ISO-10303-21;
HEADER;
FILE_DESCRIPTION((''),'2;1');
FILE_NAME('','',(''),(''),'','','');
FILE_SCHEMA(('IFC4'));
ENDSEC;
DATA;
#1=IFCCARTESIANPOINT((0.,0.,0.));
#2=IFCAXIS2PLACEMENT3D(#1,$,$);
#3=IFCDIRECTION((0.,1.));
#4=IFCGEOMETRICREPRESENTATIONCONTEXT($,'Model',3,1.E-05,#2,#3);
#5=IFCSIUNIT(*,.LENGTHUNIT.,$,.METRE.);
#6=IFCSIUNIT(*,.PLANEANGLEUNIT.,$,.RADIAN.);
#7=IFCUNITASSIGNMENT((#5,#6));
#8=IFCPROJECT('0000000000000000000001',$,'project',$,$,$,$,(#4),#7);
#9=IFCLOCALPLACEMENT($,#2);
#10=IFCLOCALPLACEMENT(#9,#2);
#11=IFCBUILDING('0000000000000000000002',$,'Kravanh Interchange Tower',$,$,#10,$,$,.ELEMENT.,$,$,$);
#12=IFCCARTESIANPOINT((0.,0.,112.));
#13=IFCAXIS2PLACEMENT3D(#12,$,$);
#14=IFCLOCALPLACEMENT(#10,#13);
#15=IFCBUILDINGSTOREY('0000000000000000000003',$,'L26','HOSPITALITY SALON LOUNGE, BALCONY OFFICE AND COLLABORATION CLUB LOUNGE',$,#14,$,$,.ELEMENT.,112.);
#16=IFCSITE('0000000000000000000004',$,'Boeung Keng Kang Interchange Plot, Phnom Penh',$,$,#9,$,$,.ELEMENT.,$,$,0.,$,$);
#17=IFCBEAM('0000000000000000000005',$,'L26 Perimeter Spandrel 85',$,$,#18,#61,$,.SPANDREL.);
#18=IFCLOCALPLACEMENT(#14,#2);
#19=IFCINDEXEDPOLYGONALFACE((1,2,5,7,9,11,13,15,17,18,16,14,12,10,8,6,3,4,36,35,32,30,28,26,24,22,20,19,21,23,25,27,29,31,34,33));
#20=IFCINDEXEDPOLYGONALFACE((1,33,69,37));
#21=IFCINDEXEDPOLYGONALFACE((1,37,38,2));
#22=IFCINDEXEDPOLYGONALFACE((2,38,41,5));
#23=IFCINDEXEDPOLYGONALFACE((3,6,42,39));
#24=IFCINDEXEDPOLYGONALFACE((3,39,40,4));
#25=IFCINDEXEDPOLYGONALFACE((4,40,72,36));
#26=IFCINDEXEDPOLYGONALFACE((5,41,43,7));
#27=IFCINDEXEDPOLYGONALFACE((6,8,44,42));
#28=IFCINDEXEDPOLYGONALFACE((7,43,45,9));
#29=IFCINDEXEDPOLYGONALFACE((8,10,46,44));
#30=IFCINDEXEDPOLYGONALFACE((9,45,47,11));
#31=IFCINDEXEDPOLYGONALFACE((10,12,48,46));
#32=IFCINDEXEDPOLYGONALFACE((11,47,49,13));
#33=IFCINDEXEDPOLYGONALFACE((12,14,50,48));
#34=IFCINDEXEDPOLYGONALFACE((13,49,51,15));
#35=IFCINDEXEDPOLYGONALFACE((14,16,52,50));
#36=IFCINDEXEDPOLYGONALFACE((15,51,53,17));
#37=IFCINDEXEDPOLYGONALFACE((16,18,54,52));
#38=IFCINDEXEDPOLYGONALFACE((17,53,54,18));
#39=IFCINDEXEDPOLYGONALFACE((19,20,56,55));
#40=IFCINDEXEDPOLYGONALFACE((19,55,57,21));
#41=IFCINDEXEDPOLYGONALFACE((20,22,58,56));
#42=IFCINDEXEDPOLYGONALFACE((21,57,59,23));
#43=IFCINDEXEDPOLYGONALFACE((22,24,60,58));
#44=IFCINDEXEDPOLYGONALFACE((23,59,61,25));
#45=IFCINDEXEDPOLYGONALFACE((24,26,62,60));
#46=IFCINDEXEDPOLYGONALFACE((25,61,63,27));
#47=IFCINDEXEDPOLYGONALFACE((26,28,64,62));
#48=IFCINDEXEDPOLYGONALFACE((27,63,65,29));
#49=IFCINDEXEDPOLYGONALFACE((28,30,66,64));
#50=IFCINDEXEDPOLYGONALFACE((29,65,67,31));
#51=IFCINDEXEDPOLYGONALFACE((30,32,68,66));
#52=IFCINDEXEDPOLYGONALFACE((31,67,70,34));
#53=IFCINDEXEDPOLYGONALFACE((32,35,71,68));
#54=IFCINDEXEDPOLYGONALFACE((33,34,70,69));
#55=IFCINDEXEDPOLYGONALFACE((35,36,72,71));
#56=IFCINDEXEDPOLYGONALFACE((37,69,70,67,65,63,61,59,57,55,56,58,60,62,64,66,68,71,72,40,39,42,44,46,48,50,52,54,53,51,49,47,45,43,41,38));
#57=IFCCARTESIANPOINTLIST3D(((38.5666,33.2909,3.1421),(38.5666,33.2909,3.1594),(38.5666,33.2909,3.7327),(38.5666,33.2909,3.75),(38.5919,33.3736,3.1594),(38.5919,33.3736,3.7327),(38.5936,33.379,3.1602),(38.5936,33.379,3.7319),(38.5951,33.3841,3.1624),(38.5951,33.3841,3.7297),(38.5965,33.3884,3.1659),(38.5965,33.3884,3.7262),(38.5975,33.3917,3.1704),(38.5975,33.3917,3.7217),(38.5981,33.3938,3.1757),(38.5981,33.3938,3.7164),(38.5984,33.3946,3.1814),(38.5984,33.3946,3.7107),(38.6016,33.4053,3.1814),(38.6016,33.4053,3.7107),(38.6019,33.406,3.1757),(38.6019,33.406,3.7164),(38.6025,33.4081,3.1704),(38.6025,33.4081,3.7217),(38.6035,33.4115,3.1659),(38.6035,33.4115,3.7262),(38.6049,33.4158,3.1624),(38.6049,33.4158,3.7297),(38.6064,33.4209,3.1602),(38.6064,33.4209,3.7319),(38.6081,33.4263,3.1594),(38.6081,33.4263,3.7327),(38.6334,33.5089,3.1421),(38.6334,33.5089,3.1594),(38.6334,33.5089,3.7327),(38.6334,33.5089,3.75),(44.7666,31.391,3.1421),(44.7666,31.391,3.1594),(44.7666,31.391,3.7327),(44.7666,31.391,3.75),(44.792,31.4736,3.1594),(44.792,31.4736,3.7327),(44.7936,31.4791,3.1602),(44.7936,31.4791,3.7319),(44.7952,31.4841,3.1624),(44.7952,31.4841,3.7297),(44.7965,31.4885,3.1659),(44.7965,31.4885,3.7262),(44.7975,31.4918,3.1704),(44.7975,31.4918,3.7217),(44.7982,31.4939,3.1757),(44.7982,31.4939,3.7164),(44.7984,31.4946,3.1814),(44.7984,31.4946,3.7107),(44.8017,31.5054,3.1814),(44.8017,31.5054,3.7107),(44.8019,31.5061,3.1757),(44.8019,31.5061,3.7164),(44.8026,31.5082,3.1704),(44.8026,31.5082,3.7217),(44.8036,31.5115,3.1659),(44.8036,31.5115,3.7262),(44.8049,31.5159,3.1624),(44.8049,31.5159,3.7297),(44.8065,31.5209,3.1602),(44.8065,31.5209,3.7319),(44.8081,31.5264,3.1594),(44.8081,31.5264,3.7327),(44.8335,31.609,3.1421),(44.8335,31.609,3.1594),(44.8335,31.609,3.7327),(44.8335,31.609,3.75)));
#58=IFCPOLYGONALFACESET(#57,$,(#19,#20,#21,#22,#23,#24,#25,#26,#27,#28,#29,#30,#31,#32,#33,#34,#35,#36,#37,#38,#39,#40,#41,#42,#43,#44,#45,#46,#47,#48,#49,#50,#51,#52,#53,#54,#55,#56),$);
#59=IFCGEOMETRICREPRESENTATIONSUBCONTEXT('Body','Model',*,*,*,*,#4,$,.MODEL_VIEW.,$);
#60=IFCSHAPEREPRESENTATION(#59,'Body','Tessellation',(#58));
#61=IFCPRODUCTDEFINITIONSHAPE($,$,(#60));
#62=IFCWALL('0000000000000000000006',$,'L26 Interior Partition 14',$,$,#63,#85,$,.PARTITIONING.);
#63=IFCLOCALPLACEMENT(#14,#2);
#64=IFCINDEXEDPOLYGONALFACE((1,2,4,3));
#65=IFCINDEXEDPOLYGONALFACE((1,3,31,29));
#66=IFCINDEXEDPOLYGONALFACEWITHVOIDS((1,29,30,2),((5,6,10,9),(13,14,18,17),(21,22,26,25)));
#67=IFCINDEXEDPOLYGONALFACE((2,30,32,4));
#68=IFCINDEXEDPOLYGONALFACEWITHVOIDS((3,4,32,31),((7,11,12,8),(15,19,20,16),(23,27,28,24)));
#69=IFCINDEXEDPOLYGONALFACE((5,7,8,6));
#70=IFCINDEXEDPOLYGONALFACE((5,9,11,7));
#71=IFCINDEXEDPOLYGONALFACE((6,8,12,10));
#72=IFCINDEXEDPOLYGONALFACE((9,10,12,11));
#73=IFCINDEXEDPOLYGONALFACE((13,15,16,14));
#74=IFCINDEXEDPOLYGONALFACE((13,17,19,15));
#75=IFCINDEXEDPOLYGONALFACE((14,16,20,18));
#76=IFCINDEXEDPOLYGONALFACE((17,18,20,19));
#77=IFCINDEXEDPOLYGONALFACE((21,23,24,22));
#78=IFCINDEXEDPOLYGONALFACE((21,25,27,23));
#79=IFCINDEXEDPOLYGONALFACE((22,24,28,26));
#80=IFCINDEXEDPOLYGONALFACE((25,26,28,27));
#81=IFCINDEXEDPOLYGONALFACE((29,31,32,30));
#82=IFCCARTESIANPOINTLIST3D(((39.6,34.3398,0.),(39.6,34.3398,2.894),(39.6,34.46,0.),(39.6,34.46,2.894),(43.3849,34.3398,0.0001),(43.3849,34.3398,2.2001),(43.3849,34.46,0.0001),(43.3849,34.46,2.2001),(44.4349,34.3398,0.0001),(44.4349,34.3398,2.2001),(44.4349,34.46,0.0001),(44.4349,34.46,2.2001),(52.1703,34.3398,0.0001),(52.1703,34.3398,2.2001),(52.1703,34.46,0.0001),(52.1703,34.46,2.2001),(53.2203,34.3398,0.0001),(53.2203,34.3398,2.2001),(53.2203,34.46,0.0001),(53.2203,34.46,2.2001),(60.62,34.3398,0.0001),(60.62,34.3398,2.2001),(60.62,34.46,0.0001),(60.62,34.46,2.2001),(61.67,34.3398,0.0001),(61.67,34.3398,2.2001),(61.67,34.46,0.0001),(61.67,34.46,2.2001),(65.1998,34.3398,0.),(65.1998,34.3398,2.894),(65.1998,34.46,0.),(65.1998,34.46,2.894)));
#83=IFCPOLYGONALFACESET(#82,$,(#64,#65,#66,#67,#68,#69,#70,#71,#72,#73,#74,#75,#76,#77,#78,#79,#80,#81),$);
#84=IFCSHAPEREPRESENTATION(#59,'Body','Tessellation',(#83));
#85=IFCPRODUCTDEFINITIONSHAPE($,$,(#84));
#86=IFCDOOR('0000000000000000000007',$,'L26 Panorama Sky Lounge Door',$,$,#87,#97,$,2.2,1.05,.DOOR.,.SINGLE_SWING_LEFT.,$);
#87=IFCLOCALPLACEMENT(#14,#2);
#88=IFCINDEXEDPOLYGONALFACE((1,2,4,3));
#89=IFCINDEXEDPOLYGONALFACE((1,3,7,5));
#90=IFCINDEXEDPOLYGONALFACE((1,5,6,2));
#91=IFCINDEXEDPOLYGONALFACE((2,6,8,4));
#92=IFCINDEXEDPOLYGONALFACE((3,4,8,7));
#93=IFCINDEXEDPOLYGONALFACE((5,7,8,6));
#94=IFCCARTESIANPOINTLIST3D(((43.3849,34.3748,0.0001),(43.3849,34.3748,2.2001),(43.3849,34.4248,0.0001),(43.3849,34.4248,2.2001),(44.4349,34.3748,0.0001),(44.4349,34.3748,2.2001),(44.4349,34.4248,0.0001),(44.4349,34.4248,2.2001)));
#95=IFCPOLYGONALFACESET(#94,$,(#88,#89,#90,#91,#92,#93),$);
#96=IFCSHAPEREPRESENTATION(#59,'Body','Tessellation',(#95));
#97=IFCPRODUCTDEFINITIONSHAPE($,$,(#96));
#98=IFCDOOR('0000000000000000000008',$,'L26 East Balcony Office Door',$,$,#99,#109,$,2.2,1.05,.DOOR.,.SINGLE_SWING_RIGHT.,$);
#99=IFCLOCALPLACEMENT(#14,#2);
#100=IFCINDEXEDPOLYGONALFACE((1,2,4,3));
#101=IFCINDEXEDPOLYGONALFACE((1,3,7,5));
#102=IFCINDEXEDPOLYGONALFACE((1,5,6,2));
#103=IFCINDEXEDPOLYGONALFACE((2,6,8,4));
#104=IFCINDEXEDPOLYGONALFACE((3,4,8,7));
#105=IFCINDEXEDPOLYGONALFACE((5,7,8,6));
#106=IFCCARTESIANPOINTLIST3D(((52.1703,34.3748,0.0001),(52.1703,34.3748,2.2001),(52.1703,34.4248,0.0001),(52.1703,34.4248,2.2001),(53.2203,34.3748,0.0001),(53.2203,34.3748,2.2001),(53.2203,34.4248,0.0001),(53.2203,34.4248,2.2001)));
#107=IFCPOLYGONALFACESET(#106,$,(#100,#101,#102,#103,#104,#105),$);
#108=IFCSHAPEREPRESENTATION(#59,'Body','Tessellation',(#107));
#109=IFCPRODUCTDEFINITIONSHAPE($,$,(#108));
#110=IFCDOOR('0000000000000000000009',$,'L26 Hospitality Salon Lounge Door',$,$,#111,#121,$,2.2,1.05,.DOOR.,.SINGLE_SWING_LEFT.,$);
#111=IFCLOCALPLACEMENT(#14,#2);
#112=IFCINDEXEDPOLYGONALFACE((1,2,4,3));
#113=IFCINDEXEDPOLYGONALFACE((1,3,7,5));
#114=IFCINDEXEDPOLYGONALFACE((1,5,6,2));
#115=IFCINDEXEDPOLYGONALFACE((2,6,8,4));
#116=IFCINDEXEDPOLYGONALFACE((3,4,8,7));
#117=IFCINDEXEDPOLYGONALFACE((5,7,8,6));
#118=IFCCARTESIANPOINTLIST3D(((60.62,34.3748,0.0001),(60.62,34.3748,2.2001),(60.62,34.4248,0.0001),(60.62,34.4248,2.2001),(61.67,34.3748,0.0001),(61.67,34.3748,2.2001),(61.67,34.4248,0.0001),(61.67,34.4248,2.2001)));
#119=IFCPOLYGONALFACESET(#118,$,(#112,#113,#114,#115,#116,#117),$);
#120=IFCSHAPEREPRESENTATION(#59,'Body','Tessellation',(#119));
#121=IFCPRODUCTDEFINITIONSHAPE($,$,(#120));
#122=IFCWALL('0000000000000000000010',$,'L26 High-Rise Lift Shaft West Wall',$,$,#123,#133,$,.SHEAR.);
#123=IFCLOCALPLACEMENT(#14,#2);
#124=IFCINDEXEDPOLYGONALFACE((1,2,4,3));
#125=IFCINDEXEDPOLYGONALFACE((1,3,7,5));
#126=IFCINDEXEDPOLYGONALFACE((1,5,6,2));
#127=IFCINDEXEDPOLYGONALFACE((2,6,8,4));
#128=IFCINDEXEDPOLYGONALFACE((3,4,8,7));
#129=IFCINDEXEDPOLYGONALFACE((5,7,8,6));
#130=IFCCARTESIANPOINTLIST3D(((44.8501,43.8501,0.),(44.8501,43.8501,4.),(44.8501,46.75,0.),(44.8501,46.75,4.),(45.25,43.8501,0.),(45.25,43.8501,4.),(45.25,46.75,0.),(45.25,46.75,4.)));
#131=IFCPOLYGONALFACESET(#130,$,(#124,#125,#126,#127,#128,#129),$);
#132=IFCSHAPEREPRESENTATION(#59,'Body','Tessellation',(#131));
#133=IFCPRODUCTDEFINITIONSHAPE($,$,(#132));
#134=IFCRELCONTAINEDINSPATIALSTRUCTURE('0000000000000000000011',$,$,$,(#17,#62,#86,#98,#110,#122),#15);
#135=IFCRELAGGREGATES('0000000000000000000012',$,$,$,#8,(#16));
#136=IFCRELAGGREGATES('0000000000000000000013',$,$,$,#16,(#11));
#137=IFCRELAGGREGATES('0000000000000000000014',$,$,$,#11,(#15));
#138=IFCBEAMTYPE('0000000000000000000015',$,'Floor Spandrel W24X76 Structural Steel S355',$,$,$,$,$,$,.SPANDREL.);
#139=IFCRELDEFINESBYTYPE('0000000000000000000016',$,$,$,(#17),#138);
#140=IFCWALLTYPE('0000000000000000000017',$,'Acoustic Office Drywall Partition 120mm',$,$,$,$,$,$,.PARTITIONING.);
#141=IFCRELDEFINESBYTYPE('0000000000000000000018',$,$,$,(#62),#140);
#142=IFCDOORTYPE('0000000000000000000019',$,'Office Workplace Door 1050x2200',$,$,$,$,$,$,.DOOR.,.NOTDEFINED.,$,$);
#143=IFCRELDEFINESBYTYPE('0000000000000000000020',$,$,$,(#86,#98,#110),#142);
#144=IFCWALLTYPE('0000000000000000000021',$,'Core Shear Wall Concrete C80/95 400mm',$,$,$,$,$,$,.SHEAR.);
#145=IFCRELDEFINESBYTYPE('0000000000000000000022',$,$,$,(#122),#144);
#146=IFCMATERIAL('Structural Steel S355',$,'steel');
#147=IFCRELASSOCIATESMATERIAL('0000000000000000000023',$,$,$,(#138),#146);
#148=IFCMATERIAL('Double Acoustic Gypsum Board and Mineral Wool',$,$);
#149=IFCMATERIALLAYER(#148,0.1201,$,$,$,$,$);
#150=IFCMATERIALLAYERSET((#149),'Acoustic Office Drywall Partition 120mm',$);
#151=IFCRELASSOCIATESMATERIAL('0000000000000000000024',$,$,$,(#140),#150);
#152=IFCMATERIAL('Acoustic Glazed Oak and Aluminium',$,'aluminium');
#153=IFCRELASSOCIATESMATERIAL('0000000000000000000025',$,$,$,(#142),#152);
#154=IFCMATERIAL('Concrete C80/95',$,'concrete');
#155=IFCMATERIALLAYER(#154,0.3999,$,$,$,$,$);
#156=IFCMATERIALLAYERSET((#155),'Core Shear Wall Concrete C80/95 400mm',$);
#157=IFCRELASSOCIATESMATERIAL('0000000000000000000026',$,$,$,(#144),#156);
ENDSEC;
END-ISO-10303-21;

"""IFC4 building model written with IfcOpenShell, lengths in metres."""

from ifc_helpers import new_model, si_unit, direction, frame, frame_2d, origin, origin_2d, place, context, subcontext, project, spatial, rectangle, i_section, extrude, material, layer, layer_set, material_profile, profile_set, type_object, element, fill, save


model = new_model("IFC4")

# Units and contexts
model_context = context("Model", 3, precision=1e-05, world=origin(), true_north=direction((0.0, 1.0)))
body_context = subcontext(model_context, "Body", "Model", "MODEL_VIEW")
ifc_project = project(units=[si_unit("LENGTHUNIT", "METRE"), si_unit("PLANEANGLEUNIT", "RADIAN")], contexts=[model_context])

# Site, building, storey
site_placement = place(None, origin())
site = spatial("IfcSite", under=ifc_project, at=site_placement, Name="Boeung Keng Kang Interchange Plot, Phnom Penh", CompositionType="ELEMENT", RefElevation=0.0)
building_placement = place(site_placement, origin())
building = spatial("IfcBuilding", under=site, at=building_placement, Name="Kravanh Interchange Tower", CompositionType="ELEMENT")
storey_placement = place(building_placement, frame((0.0, 0.0, 112.0)))
storey = spatial("IfcBuildingStorey", under=building, at=storey_placement, Name="L26", Description="HOSPITALITY SALON LOUNGE, BALCONY OFFICE AND COLLABORATION CLUB LOUNGE", CompositionType="ELEMENT", Elevation=112.0)

# Beam
ifc_material_1 = material(Name="Structural Steel S355", Category="steel")
ifc_material_profile_1 = material_profile(ifc_material_1, i_section(OverallWidth=0.228, OverallDepth=0.6079, WebThickness=0.0112, FlangeThickness=0.0173, FilletRadius=0.022, at=origin_2d()), Name="W24X76")
ifc_profile_set_1 = profile_set([ifc_material_profile_1], Name="Structural Steel S355")
beam_type_1 = type_object("IfcBeamType", Name="Floor Spandrel W24X76 Structural Steel S355", PredefinedType="SPANDREL", material=ifc_profile_set_1)
beam_1_placement = place(storey_placement, frame((44.8, 31.5, 3.446), z_axis=(-0.956115, 0.29299, 0.0), x_axis=(-0.29299, -0.956115, 0.0)))
element("IfcBeam", 1, at=beam_1_placement, inside=storey, type_object=beam_type_1, Name="L26 Perimeter Spandrel 85", PredefinedType="SPANDREL", context=body_context, shape_type="SweptSolid", body=[
    extrude(i_section(OverallWidth=0.228, OverallDepth=0.6079, WebThickness=0.0112, FlangeThickness=0.0173, FilletRadius=0.022, at=origin_2d()), origin(), (0.0, 0.0, 1.0), 6.4846),
])

# Wall, openings, doors
ifc_material_2 = material(Name="Double Acoustic Gypsum Board and Mineral Wool")
ifc_layer_1 = layer(ifc_material_2, 0.1201)
ifc_layer_set_1 = layer_set([ifc_layer_1], Name="Acoustic Office Drywall Partition 120mm")
wall_type_1 = type_object("IfcWallType", Name="Acoustic Office Drywall Partition 120mm", PredefinedType="PARTITIONING", material=ifc_layer_set_1)
wall_1_placement = place(storey_placement, frame((39.6001, 34.3999, 0.0), z_axis=(0.0, 0.0, 1.0), x_axis=(1.0, 0.0, 0.0)))
wall_1 = element("IfcWall", 2, at=wall_1_placement, inside=storey, type_object=wall_type_1, Name="L26 Interior Partition 14", PredefinedType="PARTITIONING", context=body_context, shape_type="SweptSolid", body=[
    extrude(rectangle(XDim=25.5999, YDim=0.1201, at=frame_2d((12.7998, 0.0))), origin(), (0.0, 0.0, 1.0), 2.894),
])
opening_1_placement = place(wall_1_placement, frame((3.7849, 0.0, 0.0)))
opening_1 = element("IfcOpeningElement", 3, at=opening_1_placement, cuts=wall_1, PredefinedType="OPENING", context=body_context, shape_type="SweptSolid", body=[
    extrude(rectangle(XDim=1.05, YDim=2.2, at=frame_2d((0.5249, 1.1001))), frame((0.0, 0.0701, 0.0), z_axis=(0.0, -1.0, 0.0), x_axis=(1.0, 0.0, 0.0)), (0.0, 0.0, 1.0), 0.1401),
])
opening_2_placement = place(wall_1_placement, frame((12.5703, 0.0, 0.0)))
opening_2 = element("IfcOpeningElement", 4, at=opening_2_placement, cuts=wall_1, PredefinedType="OPENING", context=body_context, shape_type="SweptSolid", body=[
    extrude(rectangle(XDim=1.05, YDim=2.2, at=frame_2d((0.5249, 1.1001))), frame((0.0, 0.0701, 0.0), z_axis=(0.0, -1.0, 0.0), x_axis=(1.0, 0.0, 0.0)), (0.0, 0.0, 1.0), 0.1401),
])
opening_3_placement = place(wall_1_placement, frame((21.02, 0.0, 0.0)))
opening_3 = element("IfcOpeningElement", 5, at=opening_3_placement, cuts=wall_1, PredefinedType="OPENING", context=body_context, shape_type="SweptSolid", body=[
    extrude(rectangle(XDim=1.05, YDim=2.2, at=frame_2d((0.5249, 1.1001))), frame((0.0, 0.0701, 0.0), z_axis=(0.0, -1.0, 0.0), x_axis=(1.0, 0.0, 0.0)), (0.0, 0.0, 1.0), 0.1401),
])
ifc_material_3 = material(Name="Acoustic Glazed Oak and Aluminium", Category="aluminium")
door_type_1 = type_object("IfcDoorType", Name="Office Workplace Door 1050x2200", OperationType="NOTDEFINED", PredefinedType="DOOR", material=ifc_material_3)
door_1_placement = place(opening_1_placement, origin())
door_1 = element("IfcDoor", 6, at=door_1_placement, inside=storey, type_object=door_type_1, Name="L26 Panorama Sky Lounge Door", OperationType="SINGLE_SWING_LEFT", OverallHeight=2.2, OverallWidth=1.05, PredefinedType="DOOR", context=body_context, shape_type="SweptSolid", body=[
    extrude(rectangle(XDim=1.05, YDim=2.2, at=frame_2d((0.5249, 1.1001))), frame((0.0, 0.0249, 0.0), z_axis=(0.0, -1.0, 0.0), x_axis=(1.0, 0.0, 0.0)), (0.0, 0.0, 1.0), 0.05),
])
fill(opening_1, door_1)
door_2_placement = place(opening_2_placement, origin())
door_2 = element("IfcDoor", 7, at=door_2_placement, inside=storey, type_object=door_type_1, Name="L26 East Balcony Office Door", OperationType="SINGLE_SWING_RIGHT", OverallHeight=2.2, OverallWidth=1.05, PredefinedType="DOOR", context=body_context, shape_type="SweptSolid", body=[
    extrude(rectangle(XDim=1.05, YDim=2.2, at=frame_2d((0.5249, 1.1001))), frame((0.0, 0.0249, 0.0), z_axis=(0.0, -1.0, 0.0), x_axis=(1.0, 0.0, 0.0)), (0.0, 0.0, 1.0), 0.05),
])
fill(opening_2, door_2)
door_3_placement = place(opening_3_placement, origin())
door_3 = element("IfcDoor", 8, at=door_3_placement, inside=storey, type_object=door_type_1, Name="L26 Hospitality Salon Lounge Door", OperationType="SINGLE_SWING_LEFT", OverallHeight=2.2, OverallWidth=1.05, PredefinedType="DOOR", context=body_context, shape_type="SweptSolid", body=[
    extrude(rectangle(XDim=1.05, YDim=2.2, at=frame_2d((0.5249, 1.1001))), frame((0.0, 0.0249, 0.0), z_axis=(0.0, -1.0, 0.0), x_axis=(1.0, 0.0, 0.0)), (0.0, 0.0, 1.0), 0.05),
])
fill(opening_3, door_3)

# Wall
ifc_material_4 = material(Name="Concrete C80/95", Category="concrete")
ifc_layer_2 = layer(ifc_material_4, 0.3999)
ifc_layer_set_2 = layer_set([ifc_layer_2], Name="Core Shear Wall Concrete C80/95 400mm")
wall_type_2 = type_object("IfcWallType", Name="Core Shear Wall Concrete C80/95 400mm", PredefinedType="SHEAR", material=ifc_layer_set_2)
wall_2_placement = place(storey_placement, frame((45.05, 43.8501, 0.0), z_axis=(0.0, 0.0, 1.0), x_axis=(0.0, 1.0, 0.0)))
element("IfcWall", 9, at=wall_2_placement, inside=storey, type_object=wall_type_2, Name="L26 High-Rise Lift Shaft West Wall", PredefinedType="SHEAR", context=body_context, shape_type="SweptSolid", body=[
    extrude(rectangle(XDim=2.8999, YDim=0.3999, at=frame_2d((1.45, 0.0))), origin(), (0.0, 0.0, 1.0), 4.0),
])

save(model, "model.ifc")
